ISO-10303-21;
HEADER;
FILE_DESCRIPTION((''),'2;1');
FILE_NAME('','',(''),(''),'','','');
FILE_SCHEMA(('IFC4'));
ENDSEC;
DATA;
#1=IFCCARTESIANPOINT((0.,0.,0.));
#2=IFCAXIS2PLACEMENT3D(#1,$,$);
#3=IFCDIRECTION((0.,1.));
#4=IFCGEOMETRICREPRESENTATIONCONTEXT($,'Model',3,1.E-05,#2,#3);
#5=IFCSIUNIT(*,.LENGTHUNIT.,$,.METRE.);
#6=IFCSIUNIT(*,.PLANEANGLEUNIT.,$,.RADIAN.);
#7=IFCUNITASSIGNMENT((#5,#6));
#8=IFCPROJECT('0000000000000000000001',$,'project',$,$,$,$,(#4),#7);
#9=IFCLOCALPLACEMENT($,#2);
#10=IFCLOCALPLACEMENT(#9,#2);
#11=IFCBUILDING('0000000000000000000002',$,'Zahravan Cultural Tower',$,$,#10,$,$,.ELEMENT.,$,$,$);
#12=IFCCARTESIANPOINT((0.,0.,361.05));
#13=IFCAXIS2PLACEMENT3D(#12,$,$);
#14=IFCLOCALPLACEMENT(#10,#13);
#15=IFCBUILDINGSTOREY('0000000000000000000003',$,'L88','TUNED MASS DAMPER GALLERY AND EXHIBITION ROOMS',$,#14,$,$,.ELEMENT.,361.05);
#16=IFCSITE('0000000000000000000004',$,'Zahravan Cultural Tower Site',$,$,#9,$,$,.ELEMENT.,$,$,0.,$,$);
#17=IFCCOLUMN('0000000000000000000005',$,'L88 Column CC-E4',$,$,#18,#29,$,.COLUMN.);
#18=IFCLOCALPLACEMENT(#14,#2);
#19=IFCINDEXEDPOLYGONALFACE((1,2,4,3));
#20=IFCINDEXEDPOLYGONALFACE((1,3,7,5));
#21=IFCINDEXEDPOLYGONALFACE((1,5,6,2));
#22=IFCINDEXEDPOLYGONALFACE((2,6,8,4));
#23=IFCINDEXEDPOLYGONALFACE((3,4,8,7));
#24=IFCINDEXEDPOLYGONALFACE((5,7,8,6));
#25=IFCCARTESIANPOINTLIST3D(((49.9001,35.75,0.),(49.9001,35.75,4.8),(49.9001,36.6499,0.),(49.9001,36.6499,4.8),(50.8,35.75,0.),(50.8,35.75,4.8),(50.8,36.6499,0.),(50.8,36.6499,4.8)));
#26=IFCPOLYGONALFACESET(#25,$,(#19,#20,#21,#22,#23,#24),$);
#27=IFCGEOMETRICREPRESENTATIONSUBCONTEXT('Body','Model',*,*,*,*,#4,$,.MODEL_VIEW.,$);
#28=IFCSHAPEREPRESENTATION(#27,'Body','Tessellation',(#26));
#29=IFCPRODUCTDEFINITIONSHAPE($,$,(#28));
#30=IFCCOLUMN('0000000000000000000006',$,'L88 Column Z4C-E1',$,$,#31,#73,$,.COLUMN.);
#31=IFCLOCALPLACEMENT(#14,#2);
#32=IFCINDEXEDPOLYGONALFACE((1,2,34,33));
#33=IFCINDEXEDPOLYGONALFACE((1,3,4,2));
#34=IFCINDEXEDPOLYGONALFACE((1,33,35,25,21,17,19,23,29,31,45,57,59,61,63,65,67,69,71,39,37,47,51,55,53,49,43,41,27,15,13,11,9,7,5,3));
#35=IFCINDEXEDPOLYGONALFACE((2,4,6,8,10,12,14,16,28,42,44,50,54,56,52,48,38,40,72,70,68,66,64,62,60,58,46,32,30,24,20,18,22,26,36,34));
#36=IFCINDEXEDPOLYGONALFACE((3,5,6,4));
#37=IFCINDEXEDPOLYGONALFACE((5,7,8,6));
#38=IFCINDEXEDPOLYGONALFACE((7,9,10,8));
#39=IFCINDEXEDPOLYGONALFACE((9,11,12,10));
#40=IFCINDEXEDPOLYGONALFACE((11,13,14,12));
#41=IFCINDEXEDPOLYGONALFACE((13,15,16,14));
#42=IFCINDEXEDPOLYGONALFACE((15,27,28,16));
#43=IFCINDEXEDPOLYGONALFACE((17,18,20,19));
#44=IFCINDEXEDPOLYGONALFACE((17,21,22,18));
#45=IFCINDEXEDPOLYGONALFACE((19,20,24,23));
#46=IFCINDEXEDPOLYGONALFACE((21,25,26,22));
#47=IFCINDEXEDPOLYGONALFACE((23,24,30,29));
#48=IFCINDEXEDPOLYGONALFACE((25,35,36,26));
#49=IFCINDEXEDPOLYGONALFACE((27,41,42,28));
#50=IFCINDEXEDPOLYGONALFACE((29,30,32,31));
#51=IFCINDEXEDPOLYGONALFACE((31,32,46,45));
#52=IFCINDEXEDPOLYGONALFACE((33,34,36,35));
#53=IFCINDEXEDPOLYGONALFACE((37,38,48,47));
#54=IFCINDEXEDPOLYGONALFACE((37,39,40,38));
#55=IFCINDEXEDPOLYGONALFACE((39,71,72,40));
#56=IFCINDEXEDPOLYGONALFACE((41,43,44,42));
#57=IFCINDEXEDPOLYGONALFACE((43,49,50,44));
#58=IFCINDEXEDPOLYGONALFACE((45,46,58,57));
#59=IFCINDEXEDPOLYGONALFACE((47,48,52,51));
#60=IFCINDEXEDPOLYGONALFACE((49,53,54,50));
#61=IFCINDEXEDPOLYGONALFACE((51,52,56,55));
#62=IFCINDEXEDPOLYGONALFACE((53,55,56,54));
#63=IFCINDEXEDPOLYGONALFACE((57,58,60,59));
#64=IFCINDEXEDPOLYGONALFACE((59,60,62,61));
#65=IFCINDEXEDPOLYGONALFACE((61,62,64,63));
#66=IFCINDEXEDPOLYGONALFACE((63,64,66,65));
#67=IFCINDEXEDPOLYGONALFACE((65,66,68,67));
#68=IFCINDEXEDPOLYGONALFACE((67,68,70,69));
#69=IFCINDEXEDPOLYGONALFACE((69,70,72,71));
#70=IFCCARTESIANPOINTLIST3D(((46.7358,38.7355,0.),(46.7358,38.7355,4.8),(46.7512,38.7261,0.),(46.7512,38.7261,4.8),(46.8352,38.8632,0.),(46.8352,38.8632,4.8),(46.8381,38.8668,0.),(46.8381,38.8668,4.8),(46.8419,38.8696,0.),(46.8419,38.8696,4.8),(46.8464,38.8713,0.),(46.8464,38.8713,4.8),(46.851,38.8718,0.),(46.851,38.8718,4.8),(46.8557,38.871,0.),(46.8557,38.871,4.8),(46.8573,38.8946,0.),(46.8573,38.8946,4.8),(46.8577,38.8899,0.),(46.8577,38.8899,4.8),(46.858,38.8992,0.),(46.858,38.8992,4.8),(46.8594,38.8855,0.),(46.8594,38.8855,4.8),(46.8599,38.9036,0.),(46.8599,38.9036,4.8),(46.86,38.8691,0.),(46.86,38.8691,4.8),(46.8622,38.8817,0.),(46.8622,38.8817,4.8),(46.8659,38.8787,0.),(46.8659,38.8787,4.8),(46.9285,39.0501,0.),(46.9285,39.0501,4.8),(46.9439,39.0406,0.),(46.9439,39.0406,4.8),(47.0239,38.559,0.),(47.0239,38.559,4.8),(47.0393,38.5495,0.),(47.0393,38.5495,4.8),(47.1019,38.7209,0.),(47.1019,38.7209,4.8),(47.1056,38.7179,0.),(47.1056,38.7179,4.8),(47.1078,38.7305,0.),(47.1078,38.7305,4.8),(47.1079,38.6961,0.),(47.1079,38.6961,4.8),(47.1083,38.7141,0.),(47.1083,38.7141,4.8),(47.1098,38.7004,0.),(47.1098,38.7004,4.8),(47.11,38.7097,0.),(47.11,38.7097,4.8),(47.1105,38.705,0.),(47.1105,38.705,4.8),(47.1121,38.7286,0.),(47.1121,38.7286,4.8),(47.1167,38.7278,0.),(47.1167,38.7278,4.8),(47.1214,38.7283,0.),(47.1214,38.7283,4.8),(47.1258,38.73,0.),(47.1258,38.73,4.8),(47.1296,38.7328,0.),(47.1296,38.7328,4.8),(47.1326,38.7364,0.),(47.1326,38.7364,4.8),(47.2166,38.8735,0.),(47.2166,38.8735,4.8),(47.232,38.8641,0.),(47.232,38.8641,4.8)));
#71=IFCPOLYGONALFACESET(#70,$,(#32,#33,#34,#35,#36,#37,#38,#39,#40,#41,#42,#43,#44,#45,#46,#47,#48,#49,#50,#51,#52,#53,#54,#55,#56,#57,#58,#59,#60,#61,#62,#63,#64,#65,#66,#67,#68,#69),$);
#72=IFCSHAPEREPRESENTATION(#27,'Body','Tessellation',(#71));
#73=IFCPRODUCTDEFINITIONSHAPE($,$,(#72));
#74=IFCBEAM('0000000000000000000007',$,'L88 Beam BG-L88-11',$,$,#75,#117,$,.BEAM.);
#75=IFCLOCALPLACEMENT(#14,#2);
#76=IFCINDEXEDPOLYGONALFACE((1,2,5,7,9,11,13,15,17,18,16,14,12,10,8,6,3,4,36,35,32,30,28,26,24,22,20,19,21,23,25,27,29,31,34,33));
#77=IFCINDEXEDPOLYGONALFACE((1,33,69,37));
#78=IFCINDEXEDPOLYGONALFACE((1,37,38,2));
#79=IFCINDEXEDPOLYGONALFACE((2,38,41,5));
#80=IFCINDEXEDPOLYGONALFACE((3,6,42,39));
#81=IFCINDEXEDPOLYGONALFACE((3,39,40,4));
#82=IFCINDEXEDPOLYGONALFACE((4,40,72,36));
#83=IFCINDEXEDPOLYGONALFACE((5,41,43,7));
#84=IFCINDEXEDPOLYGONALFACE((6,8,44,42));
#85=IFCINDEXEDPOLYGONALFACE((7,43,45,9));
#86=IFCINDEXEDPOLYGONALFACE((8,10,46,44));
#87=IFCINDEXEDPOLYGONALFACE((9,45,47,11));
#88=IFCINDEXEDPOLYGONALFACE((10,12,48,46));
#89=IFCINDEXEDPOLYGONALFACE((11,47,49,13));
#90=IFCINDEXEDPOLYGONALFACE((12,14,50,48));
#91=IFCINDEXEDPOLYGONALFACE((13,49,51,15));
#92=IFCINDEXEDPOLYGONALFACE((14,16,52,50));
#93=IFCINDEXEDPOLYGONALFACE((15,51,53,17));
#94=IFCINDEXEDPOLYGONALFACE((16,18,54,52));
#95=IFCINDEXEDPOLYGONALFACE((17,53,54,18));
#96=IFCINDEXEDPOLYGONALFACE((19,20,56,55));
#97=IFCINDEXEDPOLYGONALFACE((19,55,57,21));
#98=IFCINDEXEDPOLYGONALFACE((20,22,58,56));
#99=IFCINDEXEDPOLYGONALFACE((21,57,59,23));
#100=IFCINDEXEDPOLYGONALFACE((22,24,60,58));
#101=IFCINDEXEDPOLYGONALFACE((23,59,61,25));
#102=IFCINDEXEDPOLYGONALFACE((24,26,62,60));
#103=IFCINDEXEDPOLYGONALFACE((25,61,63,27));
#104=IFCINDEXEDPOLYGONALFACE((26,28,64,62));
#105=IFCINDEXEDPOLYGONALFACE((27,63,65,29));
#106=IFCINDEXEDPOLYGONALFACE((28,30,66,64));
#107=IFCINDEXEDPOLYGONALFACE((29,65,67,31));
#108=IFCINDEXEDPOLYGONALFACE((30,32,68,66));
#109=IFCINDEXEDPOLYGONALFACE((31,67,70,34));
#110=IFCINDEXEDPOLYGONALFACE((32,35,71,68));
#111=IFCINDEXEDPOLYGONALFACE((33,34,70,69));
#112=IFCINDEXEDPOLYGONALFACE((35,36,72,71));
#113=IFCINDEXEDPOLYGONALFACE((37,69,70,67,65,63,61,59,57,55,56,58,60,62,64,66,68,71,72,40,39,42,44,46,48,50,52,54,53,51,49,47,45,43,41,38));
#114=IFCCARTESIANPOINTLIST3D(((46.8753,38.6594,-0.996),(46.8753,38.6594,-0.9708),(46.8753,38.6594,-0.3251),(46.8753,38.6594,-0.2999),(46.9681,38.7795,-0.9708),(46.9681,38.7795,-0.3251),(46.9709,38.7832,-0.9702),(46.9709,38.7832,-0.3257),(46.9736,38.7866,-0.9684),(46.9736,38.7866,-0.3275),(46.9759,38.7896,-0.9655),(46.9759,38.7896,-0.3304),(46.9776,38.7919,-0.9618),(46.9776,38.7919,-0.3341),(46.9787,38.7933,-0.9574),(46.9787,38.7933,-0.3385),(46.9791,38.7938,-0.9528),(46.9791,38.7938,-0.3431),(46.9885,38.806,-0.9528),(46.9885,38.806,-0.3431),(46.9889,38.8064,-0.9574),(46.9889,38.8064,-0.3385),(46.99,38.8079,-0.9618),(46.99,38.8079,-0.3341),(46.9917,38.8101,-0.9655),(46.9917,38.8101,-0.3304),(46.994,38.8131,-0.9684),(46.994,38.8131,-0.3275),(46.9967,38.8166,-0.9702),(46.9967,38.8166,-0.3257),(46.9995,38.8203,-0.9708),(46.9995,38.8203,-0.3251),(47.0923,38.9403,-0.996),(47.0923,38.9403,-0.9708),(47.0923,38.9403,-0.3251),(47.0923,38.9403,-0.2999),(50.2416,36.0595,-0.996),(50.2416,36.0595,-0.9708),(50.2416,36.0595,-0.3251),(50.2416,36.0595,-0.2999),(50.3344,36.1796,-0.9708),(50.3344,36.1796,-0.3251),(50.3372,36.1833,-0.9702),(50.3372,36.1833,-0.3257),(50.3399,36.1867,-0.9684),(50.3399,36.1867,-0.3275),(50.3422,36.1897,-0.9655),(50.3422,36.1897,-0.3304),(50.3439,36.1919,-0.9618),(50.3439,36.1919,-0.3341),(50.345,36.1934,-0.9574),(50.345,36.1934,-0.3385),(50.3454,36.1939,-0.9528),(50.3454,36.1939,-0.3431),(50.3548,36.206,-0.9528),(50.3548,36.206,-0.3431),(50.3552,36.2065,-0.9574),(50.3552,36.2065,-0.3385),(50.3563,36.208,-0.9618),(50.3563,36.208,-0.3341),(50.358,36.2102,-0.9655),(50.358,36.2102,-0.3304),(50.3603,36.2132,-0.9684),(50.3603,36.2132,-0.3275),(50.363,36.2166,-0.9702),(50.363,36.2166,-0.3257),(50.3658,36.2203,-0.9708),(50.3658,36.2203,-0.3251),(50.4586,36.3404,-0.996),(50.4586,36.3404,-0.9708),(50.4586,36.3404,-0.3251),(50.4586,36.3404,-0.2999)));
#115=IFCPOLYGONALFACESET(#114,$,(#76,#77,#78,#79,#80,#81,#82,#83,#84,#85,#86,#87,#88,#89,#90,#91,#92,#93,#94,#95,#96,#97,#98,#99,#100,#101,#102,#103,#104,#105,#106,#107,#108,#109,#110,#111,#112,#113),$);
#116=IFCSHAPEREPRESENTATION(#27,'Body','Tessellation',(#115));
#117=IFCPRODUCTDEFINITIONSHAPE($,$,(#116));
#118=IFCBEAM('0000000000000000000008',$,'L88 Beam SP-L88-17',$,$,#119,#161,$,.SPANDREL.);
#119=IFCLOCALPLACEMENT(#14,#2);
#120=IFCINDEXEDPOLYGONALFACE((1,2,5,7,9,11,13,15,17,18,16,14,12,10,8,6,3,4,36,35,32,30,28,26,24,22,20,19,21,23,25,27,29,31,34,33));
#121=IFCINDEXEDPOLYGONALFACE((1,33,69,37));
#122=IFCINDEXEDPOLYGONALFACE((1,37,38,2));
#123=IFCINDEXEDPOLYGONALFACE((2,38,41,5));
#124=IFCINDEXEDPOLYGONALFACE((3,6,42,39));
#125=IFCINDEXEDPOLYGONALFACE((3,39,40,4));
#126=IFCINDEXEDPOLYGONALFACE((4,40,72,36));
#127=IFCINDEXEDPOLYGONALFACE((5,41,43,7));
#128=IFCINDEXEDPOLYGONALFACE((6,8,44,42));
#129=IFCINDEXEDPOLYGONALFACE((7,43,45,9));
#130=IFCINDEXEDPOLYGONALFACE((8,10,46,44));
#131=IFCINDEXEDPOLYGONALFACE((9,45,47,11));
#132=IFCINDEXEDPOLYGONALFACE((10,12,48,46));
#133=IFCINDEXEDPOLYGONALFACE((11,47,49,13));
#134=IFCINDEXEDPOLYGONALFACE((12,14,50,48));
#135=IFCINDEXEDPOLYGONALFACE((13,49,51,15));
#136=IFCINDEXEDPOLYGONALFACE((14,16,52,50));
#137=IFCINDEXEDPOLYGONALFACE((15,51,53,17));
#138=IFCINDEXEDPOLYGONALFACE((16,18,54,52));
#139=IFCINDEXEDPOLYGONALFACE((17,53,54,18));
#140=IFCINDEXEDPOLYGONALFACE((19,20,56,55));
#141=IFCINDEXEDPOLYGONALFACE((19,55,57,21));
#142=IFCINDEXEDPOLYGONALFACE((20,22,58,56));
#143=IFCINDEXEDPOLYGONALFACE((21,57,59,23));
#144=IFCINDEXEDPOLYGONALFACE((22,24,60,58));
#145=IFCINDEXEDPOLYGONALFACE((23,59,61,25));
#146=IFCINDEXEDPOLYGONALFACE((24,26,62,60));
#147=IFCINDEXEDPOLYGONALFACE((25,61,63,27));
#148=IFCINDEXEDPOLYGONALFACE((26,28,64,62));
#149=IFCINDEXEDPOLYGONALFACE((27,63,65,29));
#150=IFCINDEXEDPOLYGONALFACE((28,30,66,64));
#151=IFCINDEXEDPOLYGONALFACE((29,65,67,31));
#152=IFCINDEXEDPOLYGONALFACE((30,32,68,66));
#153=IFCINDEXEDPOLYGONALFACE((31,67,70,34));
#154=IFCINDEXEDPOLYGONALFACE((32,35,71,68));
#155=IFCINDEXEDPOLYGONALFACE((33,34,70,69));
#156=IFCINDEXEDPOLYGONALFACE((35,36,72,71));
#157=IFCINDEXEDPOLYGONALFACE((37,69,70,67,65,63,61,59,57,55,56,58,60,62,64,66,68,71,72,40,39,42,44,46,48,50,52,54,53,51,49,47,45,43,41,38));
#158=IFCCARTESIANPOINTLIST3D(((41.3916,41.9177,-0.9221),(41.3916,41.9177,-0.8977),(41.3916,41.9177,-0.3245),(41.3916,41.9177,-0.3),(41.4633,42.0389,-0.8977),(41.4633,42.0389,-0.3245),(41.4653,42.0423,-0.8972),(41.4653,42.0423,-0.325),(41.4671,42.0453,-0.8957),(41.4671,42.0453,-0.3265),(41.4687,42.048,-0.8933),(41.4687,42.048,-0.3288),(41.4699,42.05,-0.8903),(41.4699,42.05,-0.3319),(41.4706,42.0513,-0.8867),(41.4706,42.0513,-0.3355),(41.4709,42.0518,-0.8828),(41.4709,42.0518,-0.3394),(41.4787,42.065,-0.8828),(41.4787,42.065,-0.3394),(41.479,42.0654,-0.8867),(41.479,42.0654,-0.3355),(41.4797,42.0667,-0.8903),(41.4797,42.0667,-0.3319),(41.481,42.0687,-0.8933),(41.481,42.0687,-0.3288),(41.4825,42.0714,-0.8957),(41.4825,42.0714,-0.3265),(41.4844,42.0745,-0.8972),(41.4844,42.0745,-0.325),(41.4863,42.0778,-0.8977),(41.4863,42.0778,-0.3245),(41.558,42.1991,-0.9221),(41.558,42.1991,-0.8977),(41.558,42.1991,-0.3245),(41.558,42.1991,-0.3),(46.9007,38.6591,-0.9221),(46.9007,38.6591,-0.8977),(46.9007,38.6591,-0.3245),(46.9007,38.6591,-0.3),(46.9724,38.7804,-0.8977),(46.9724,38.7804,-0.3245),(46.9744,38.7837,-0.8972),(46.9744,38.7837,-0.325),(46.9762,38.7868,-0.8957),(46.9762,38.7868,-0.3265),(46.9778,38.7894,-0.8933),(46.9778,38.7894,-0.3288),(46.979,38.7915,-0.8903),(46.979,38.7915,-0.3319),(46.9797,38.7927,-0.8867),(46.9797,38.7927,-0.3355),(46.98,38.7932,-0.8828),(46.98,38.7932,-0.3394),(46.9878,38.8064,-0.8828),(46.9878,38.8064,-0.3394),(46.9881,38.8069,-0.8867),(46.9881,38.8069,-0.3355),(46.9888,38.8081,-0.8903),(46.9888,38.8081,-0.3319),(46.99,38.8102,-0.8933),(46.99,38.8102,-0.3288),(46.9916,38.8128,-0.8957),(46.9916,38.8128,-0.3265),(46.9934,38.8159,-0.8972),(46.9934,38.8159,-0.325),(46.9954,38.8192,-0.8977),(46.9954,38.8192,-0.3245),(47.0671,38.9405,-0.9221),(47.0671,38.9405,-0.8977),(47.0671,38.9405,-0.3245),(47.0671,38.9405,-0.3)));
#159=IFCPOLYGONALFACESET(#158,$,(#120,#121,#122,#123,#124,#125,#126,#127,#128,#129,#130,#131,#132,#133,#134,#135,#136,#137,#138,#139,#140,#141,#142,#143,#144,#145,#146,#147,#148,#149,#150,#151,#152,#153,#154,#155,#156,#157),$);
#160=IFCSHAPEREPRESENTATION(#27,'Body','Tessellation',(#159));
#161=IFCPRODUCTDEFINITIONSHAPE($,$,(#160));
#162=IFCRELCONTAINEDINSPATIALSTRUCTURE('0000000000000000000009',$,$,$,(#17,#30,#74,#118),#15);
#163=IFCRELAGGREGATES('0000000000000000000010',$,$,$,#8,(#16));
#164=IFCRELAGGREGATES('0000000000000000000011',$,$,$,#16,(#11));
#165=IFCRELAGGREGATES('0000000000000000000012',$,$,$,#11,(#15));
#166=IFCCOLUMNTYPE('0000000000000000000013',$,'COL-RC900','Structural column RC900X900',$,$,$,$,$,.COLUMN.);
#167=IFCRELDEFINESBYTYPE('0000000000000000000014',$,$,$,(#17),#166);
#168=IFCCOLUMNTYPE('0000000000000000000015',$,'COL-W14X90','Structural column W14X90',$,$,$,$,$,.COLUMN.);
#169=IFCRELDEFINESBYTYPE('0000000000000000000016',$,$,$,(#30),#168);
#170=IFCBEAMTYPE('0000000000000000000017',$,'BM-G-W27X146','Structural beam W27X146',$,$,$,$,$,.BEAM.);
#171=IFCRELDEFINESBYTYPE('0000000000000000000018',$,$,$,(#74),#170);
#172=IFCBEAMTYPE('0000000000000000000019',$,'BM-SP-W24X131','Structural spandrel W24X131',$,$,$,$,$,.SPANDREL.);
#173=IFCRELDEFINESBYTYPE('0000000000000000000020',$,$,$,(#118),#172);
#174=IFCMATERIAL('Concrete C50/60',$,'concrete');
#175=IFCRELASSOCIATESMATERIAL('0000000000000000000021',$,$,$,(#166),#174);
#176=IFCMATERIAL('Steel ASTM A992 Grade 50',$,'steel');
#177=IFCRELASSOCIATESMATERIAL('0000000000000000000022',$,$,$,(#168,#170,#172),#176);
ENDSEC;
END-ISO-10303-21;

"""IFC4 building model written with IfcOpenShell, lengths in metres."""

from ifc_helpers import new_model, si_unit, direction, frame, origin, origin_2d, place, context, subcontext, project, spatial, rectangle, i_section, extrude, source, transform, mapped, material, material_profile, profile_set, type_object, element, save


model = new_model("IFC4")

# Units and contexts
model_context = context("Model", 3, precision=1e-05, world=origin(), true_north=direction((0.0, 1.0)))
body_context = subcontext(model_context, "Body", "Model", "MODEL_VIEW")
ifc_project = project(units=[si_unit("LENGTHUNIT", "METRE"), si_unit("PLANEANGLEUNIT", "RADIAN")], contexts=[model_context])

# Site, building, storey
site_placement = place(None, origin())
site = spatial("IfcSite", under=ifc_project, at=site_placement, Name="Zahravan Cultural Tower Site", CompositionType="ELEMENT", RefElevation=0.0)
building_placement = place(site_placement, origin())
building = spatial("IfcBuilding", under=site, at=building_placement, Name="Zahravan Cultural Tower", CompositionType="ELEMENT")
storey_placement = place(building_placement, frame((0.0, 0.0, 361.05)))
storey = spatial("IfcBuildingStorey", under=building, at=storey_placement, Name="L88", Description="TUNED MASS DAMPER GALLERY AND EXHIBITION ROOMS", CompositionType="ELEMENT", Elevation=361.05)

# Columns
ifc_material_1 = material(Name="Concrete C50/60", Category="concrete")
ifc_material_profile_1 = material_profile(ifc_material_1, rectangle(XDim=0.8999, YDim=0.8999, at=origin_2d()), Name="RC900X900")
ifc_profile_set_1 = profile_set([ifc_material_profile_1], Name="Concrete C50/60")
column_type_1 = type_object("IfcColumnType", Name="COL-RC900", Description="Structural column RC900X900", PredefinedType="COLUMN", material=ifc_profile_set_1)
shared_shape_1 = source(origin(), body_context, "Body", "SweptSolid", [
    extrude(rectangle(XDim=0.8999, YDim=0.8999, at=origin_2d()), origin(), (0.0, 0.0, 1.0), 4.8),
])
column_1_placement = place(storey_placement, frame((50.3501, 36.2, 0.0), z_axis=(0.0, 0.0, 1.0), x_axis=(1.0, 0.0, 0.0)))
element("IfcColumn", 1, at=column_1_placement, inside=storey, type_object=column_type_1, Name="L88 Column CC-E4", PredefinedType="COLUMN", context=body_context, shape_type="MappedRepresentation", body=[
    mapped(shared_shape_1, transform((0.0, 0.0, 0.0), x_axis=(1.0, 0.0, 0.0), y_axis=(0.0, 1.0, 0.0), z_axis=(0.0, 0.0, 1.0), scale=1.0)),
])
ifc_material_2 = material(Name="Steel ASTM A992 Grade 50", Category="steel")
ifc_material_profile_2 = material_profile(ifc_material_2, i_section(OverallWidth=0.3689, OverallDepth=0.356, WebThickness=0.0112, FlangeThickness=0.0181, FilletRadius=0.0181, at=origin_2d()), Name="W14X90")
ifc_profile_set_2 = profile_set([ifc_material_profile_2], Name="Steel ASTM A992 Grade 50")
column_type_2 = type_object("IfcColumnType", Name="COL-W14X90", Description="Structural column W14X90", PredefinedType="COLUMN", material=ifc_profile_set_2)
shared_shape_2 = source(origin(), body_context, "Body", "SweptSolid", [
    extrude(i_section(OverallWidth=0.3689, OverallDepth=0.356, WebThickness=0.0112, FlangeThickness=0.0181, FilletRadius=0.0181, at=origin_2d()), origin(), (0.0, 0.0, 1.0), 4.8),
])
column_2_placement = place(storey_placement, frame((46.9839, 38.7998, 0.0), z_axis=(0.0, 0.0, 1.0), x_axis=(0.522499, 0.85264, 0.0)))
element("IfcColumn", 2, at=column_2_placement, inside=storey, type_object=column_type_2, Name="L88 Column Z4C-E1", PredefinedType="COLUMN", context=body_context, shape_type="MappedRepresentation", body=[
    mapped(shared_shape_2, transform((0.0, 0.0, 0.0), x_axis=(1.0, 0.0, 0.0), y_axis=(0.0, 1.0, 0.0), z_axis=(0.0, 0.0, 1.0), scale=1.0)),
])

# Beams
ifc_material_profile_3 = material_profile(ifc_material_2, i_section(OverallWidth=0.355, OverallDepth=0.696, WebThickness=0.0154, FlangeThickness=0.0251, FilletRadius=0.0181, at=origin_2d()), Name="W27X146")
ifc_profile_set_3 = profile_set([ifc_material_profile_3], Name="Steel ASTM A992 Grade 50")
beam_type_1 = type_object("IfcBeamType", Name="BM-G-W27X146", Description="Structural beam W27X146", PredefinedType="BEAM", material=ifc_profile_set_3)
shared_shape_3 = source(origin(), body_context, "Body", "SweptSolid", [
    extrude(i_section(OverallWidth=0.355, OverallDepth=0.696, WebThickness=0.0154, FlangeThickness=0.0251, FilletRadius=0.0181, at=origin_2d()), origin(), (0.0, 0.0, 1.0), 4.2534),
])
beam_1_placement = place(storey_placement, frame((50.3501, 36.2, -0.6479), z_axis=(-0.791434, 0.611255, 0.0), x_axis=(-0.611255, -0.791434, 0.0)))
element("IfcBeam", 3, at=beam_1_placement, inside=storey, type_object=beam_type_1, Name="L88 Beam BG-L88-11", PredefinedType="BEAM", context=body_context, shape_type="MappedRepresentation", body=[
    mapped(shared_shape_3, transform((0.0, 0.0, 0.0), x_axis=(1.0, 0.0, 0.0), y_axis=(0.0, 1.0, 0.0), z_axis=(0.0, 0.0, 1.0), scale=1.0)),
])
ifc_material_profile_4 = material_profile(ifc_material_2, i_section(OverallWidth=0.3269, OverallDepth=0.6221, WebThickness=0.0154, FlangeThickness=0.0244, FilletRadius=0.0149, at=origin_2d()), Name="W24X131")
ifc_profile_set_4 = profile_set([ifc_material_profile_4], Name="Steel ASTM A992 Grade 50")
beam_type_2 = type_object("IfcBeamType", Name="BM-SP-W24X131", Description="Structural spandrel W24X131", PredefinedType="SPANDREL", material=ifc_profile_set_4)
shared_shape_4 = source(origin(), body_context, "Body", "SweptSolid", [
    extrude(i_section(OverallWidth=0.3269, OverallDepth=0.6221, WebThickness=0.0154, FlangeThickness=0.0244, FilletRadius=0.0149, at=origin_2d()), origin(), (0.0, 0.0, 1.0), 6.4006),
])
beam_2_placement = place(storey_placement, frame((46.9839, 38.7998, -0.6111), z_axis=(-0.860707, 0.509101, 0.0), x_axis=(-0.509101, -0.860707, 0.0)))
element("IfcBeam", 4, at=beam_2_placement, inside=storey, type_object=beam_type_2, Name="L88 Beam SP-L88-17", PredefinedType="SPANDREL", context=body_context, shape_type="MappedRepresentation", body=[
    mapped(shared_shape_4, transform((0.0, 0.0, 0.0), x_axis=(1.0, 0.0, 0.0), y_axis=(0.0, 1.0, 0.0), z_axis=(0.0, 0.0, 1.0), scale=1.0)),
])

save(model, "model.ifc")
